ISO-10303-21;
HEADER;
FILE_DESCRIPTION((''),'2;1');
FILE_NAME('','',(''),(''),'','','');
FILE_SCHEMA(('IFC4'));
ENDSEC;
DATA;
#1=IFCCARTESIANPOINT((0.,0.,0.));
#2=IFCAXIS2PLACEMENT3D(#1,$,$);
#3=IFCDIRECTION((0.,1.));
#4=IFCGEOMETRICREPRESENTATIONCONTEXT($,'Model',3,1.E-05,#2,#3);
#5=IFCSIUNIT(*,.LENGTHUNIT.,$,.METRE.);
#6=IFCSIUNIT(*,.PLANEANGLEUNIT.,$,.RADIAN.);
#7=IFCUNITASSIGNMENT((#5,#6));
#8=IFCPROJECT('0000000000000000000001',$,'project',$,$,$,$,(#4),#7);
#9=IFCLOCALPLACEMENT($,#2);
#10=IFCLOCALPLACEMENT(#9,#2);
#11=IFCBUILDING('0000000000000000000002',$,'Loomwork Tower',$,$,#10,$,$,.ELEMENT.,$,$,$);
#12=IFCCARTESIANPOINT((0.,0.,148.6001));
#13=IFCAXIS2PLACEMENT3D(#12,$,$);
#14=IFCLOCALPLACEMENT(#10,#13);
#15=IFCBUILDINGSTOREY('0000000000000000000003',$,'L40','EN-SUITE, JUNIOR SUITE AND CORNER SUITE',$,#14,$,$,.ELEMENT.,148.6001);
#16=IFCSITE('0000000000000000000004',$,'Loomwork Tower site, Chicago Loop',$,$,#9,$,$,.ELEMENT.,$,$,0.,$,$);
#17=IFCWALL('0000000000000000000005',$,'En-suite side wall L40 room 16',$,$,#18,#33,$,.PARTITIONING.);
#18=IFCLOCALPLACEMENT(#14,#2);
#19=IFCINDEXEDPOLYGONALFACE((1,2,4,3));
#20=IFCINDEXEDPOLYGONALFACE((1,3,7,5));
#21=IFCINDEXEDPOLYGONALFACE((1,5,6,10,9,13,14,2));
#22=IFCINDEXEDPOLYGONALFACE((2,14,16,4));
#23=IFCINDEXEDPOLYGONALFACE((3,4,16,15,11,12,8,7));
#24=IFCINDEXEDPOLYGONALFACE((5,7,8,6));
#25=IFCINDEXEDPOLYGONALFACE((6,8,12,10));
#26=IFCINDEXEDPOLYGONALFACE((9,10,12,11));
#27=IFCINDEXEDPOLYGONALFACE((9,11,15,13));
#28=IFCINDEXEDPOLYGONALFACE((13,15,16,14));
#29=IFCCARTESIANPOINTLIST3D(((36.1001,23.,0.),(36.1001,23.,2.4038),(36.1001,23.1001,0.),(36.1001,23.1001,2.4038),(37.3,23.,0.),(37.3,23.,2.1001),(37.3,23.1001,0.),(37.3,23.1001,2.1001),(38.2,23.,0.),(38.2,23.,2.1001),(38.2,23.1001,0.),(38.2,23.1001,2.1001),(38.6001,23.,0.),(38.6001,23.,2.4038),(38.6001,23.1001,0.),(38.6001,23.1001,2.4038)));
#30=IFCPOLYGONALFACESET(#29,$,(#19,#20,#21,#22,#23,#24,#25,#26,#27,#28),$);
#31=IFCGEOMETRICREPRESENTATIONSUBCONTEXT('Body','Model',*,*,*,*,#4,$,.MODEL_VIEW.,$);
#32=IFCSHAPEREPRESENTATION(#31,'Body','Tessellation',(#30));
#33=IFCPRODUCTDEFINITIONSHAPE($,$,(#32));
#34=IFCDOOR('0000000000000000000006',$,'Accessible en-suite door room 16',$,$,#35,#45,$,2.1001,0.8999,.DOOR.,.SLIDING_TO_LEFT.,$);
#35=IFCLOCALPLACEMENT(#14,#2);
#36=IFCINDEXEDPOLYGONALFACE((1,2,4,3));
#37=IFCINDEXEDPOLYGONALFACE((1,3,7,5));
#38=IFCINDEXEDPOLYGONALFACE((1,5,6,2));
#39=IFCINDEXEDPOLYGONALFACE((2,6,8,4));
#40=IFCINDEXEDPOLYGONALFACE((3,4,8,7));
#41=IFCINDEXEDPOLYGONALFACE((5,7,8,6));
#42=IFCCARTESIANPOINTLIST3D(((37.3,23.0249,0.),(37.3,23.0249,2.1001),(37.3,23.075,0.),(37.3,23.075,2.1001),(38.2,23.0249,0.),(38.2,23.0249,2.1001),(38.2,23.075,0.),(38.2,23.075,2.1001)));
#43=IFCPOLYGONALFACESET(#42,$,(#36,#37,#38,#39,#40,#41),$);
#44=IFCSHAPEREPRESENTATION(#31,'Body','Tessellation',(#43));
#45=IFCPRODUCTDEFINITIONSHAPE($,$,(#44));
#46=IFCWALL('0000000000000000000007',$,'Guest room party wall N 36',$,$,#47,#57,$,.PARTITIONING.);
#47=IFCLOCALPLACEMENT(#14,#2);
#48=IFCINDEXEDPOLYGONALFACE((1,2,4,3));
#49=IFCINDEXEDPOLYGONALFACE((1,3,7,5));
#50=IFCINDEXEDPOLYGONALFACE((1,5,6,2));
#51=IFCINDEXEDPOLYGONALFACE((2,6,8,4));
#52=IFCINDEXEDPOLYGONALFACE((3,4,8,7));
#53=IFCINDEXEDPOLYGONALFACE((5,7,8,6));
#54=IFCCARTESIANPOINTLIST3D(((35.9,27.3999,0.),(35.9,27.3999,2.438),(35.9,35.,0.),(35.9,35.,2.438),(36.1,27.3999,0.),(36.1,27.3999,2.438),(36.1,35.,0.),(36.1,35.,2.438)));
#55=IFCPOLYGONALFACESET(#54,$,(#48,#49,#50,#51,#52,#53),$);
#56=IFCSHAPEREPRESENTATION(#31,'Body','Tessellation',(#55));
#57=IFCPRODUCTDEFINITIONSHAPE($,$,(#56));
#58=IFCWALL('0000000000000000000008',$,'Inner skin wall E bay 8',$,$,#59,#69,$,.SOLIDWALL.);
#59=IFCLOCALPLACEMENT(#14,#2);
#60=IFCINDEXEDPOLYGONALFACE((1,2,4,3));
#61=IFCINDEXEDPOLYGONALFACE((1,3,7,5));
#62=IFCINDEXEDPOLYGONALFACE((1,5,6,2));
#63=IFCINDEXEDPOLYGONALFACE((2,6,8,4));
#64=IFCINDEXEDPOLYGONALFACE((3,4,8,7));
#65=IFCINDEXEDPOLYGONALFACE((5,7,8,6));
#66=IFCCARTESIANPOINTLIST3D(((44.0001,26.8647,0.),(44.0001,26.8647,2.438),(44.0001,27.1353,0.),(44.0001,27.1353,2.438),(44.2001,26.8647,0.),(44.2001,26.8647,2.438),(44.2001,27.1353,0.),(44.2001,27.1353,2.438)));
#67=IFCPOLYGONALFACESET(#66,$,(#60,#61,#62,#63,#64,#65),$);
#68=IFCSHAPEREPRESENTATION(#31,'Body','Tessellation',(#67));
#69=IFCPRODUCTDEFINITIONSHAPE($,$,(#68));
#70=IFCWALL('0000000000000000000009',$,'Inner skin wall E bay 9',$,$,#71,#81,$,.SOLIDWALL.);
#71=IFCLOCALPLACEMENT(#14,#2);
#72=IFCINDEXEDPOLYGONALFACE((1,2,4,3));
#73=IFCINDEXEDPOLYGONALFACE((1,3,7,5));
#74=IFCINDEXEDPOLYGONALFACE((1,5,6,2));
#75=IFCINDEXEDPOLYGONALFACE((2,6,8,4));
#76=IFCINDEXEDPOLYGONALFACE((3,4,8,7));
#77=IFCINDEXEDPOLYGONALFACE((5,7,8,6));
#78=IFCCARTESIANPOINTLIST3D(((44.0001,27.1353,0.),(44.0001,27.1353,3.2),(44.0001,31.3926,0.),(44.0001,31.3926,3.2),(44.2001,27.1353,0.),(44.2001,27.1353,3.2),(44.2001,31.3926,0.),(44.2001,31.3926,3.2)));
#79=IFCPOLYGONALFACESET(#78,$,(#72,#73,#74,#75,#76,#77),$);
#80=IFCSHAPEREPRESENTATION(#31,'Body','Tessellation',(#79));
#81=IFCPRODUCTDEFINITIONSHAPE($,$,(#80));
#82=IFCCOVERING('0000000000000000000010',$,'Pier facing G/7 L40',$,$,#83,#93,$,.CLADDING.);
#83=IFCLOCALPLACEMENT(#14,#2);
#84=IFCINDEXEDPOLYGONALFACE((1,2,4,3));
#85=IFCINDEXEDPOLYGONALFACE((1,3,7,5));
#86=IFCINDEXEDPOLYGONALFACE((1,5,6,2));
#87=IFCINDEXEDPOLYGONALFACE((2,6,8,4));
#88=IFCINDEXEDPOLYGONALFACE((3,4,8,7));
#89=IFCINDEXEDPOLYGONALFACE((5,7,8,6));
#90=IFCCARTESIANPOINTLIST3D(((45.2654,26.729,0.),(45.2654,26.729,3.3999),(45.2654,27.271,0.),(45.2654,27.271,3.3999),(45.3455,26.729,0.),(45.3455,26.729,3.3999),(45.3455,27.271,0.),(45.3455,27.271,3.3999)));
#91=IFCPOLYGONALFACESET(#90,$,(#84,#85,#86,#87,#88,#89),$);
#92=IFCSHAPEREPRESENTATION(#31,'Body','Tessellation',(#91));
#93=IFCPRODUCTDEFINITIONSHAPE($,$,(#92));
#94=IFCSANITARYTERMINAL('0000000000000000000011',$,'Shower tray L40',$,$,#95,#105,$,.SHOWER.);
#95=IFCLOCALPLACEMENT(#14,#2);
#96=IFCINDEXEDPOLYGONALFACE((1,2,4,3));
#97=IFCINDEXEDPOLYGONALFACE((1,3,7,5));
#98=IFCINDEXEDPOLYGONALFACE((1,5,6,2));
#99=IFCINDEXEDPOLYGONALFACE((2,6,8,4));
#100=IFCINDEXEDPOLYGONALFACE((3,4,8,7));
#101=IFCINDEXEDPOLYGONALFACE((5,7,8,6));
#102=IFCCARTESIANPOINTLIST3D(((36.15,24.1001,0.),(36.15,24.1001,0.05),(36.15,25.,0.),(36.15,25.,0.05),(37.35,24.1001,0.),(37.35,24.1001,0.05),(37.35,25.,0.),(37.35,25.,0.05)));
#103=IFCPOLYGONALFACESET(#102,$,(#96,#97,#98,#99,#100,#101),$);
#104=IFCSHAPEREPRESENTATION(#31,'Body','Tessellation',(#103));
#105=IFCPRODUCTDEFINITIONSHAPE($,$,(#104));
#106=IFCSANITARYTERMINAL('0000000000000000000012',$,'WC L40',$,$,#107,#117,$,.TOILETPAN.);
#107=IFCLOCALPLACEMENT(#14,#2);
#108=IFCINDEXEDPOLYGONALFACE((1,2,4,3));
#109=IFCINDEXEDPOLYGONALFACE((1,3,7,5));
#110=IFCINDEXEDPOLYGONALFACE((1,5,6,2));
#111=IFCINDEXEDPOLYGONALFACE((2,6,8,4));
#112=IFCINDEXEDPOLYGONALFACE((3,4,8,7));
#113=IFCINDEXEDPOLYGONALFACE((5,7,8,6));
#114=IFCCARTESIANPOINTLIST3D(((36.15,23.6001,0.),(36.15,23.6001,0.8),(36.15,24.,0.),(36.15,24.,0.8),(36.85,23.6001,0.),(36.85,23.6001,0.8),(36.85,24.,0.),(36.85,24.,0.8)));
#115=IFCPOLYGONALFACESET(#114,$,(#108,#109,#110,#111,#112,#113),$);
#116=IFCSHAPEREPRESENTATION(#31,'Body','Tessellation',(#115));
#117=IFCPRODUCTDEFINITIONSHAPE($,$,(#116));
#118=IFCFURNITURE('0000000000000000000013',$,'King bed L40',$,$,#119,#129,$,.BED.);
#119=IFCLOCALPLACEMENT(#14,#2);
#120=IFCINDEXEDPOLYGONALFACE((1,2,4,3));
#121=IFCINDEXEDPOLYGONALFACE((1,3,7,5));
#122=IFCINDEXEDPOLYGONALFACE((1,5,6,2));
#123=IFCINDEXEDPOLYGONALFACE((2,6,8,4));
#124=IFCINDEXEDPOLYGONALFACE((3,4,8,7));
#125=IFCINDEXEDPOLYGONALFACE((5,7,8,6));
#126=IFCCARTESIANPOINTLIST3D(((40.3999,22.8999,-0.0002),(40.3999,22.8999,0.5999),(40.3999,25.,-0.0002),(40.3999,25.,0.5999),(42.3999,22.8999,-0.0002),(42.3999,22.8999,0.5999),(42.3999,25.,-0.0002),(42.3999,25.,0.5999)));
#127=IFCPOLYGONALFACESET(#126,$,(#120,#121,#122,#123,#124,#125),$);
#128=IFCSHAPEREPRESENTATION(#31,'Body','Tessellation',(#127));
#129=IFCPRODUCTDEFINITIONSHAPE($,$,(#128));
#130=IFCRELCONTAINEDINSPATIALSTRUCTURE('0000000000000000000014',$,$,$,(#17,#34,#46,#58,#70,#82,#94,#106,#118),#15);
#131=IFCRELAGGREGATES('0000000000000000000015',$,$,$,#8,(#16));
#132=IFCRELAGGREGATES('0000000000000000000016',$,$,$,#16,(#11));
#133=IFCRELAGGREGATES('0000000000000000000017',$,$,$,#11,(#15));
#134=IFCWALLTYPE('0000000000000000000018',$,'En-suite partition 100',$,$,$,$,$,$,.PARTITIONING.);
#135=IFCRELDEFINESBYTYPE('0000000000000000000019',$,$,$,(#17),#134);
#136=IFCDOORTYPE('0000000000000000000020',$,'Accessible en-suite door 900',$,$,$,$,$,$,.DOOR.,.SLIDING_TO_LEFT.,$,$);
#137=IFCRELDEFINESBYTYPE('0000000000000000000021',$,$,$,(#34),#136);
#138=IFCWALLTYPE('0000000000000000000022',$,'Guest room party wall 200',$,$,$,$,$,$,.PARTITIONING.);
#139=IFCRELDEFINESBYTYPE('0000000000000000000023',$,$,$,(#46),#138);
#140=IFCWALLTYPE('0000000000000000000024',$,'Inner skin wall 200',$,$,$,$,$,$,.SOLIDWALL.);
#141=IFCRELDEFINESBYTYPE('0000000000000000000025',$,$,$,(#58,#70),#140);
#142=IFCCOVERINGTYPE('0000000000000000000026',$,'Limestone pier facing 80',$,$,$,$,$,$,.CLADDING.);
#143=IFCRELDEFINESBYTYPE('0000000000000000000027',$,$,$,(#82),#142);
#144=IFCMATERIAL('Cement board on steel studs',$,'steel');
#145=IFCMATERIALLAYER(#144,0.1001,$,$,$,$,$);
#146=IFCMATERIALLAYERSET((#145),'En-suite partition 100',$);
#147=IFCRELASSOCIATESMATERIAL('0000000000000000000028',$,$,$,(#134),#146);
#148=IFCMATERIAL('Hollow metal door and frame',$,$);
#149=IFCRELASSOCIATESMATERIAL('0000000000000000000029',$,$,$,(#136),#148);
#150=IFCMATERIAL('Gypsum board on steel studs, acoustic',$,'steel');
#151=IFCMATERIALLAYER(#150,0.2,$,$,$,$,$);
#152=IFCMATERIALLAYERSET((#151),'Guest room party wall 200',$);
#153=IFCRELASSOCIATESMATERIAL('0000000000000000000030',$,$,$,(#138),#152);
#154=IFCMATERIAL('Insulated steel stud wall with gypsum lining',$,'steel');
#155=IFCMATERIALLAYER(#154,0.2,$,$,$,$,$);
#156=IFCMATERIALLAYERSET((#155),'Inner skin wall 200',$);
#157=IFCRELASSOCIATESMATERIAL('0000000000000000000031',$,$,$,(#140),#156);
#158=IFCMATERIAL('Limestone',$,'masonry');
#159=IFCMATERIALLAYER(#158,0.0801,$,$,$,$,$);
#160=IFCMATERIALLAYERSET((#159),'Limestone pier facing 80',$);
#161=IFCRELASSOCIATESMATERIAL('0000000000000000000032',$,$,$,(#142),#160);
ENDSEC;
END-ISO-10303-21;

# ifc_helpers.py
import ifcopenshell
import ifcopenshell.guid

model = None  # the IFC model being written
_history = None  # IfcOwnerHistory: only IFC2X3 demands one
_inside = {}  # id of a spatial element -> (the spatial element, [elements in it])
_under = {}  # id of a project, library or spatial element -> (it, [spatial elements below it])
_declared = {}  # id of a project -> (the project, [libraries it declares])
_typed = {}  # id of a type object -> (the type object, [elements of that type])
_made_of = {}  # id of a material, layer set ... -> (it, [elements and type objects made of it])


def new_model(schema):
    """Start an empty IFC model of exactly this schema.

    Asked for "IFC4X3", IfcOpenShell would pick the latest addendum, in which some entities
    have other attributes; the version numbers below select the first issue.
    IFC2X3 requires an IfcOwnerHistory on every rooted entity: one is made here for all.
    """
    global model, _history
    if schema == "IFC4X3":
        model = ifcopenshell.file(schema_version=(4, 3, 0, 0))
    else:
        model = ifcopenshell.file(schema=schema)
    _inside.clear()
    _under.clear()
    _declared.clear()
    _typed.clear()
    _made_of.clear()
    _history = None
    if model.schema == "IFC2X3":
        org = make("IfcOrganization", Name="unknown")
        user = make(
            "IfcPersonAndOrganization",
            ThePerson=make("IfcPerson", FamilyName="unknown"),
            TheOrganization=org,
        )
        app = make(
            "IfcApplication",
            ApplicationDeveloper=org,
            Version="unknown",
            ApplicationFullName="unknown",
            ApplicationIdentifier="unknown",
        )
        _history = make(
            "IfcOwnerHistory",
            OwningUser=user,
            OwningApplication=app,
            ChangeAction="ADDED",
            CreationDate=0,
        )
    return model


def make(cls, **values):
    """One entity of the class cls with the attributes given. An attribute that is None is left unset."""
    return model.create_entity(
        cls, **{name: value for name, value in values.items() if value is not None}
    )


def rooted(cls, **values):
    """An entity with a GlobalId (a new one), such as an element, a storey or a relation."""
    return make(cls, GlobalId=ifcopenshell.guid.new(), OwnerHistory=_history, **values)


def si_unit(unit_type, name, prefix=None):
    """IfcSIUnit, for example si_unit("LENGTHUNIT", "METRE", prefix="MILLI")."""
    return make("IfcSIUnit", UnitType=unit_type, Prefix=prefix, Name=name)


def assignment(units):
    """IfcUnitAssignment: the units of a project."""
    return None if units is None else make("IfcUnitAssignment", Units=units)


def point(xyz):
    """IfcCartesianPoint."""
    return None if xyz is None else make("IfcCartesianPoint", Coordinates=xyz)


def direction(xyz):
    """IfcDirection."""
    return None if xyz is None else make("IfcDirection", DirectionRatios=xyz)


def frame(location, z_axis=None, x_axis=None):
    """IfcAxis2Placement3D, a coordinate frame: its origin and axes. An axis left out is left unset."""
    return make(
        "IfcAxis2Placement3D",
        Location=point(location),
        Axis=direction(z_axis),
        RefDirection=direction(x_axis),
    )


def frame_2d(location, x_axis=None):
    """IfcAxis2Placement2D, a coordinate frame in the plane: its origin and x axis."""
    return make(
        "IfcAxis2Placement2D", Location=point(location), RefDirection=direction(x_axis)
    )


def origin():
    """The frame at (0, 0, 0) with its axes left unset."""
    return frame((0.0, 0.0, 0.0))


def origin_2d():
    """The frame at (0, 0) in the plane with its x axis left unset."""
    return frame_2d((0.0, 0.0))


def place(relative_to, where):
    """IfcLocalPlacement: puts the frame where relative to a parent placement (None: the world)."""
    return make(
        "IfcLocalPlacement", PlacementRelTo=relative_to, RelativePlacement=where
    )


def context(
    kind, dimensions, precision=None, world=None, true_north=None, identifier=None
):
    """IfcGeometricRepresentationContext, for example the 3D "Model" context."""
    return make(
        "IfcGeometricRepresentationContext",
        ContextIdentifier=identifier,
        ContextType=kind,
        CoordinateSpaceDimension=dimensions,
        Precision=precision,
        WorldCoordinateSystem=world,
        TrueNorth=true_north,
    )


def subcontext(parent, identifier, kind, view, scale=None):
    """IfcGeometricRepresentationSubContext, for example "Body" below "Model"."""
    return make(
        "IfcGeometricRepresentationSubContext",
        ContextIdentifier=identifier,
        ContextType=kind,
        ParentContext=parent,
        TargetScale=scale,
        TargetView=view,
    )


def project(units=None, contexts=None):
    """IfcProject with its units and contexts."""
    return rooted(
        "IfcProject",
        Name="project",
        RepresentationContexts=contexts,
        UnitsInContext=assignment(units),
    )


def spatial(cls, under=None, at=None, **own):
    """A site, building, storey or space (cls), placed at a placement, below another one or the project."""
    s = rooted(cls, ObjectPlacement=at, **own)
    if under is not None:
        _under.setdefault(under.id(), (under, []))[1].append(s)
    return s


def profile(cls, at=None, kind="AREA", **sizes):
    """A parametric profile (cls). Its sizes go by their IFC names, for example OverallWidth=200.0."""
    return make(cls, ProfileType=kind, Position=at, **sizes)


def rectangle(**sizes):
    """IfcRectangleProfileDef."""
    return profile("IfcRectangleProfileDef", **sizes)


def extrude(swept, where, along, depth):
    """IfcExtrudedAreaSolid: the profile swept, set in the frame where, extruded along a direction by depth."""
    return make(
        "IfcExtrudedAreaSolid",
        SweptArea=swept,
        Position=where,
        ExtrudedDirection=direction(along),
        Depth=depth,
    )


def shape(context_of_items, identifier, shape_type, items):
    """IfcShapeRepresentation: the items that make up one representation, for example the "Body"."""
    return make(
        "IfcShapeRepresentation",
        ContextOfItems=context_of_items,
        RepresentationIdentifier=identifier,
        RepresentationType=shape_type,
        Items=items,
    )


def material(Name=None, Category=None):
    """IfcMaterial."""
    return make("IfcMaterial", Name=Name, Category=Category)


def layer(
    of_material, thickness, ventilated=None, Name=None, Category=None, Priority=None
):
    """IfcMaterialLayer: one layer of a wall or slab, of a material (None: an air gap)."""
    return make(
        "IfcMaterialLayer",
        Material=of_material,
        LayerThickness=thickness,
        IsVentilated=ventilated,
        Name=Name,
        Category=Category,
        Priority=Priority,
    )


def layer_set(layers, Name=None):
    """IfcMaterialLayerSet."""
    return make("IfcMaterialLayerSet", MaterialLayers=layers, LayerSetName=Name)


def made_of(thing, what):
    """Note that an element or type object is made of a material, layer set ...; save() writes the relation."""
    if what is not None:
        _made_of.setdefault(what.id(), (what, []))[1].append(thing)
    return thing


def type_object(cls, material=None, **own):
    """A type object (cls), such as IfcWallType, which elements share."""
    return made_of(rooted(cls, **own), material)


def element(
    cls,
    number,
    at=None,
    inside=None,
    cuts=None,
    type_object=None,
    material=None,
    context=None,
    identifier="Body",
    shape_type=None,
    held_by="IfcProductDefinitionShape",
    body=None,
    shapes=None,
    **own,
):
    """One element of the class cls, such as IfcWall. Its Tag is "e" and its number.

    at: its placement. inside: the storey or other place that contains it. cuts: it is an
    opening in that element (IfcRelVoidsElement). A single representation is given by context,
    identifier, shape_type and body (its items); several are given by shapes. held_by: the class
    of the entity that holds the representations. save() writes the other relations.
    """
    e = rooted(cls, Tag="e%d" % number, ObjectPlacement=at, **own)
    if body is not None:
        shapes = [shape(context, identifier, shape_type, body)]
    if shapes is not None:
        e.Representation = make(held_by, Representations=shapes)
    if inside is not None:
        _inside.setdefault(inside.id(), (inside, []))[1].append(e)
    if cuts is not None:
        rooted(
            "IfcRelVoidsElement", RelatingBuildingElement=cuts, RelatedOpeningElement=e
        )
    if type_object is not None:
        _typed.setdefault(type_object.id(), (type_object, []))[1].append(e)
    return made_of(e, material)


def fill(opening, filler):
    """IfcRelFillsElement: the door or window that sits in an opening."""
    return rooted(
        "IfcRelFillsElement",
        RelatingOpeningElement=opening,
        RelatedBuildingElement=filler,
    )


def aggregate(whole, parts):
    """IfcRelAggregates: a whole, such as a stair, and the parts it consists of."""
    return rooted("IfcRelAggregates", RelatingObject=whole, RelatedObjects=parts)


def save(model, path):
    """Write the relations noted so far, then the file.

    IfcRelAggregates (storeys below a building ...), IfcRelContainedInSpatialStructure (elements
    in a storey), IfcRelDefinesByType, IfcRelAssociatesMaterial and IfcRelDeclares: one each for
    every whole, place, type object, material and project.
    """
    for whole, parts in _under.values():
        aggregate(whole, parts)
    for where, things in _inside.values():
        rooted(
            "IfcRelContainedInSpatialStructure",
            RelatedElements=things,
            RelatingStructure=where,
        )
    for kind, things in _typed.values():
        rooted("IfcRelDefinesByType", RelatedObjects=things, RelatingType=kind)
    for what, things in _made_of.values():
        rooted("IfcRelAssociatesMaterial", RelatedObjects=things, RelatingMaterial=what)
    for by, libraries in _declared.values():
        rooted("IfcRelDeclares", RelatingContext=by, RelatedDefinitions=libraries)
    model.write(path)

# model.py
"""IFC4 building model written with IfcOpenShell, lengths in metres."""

from ifc_helpers import new_model, si_unit, direction, frame, frame_2d, origin, origin_2d, place, context, subcontext, project, spatial, rectangle, extrude, material, layer, layer_set, type_object, element, fill, save


model = new_model("IFC4")

# Units and contexts
model_context = context("Model", 3, precision=1e-05, world=origin(), true_north=direction((0.0, 1.0)))
body_context = subcontext(model_context, "Body", "Model", "MODEL_VIEW")
ifc_project = project(units=[si_unit("LENGTHUNIT", "METRE"), si_unit("PLANEANGLEUNIT", "RADIAN")], contexts=[model_context])

# Site, building, storey
site_placement = place(None, origin())
site = spatial("IfcSite", under=ifc_project, at=site_placement, Name="Loomwork Tower site, Chicago Loop", CompositionType="ELEMENT", RefElevation=0.0)
building_placement = place(site_placement, origin())
building = spatial("IfcBuilding", under=site, at=building_placement, Name="Loomwork Tower", CompositionType="ELEMENT")
storey_placement = place(building_placement, frame((0.0, 0.0, 148.6001)))
storey = spatial("IfcBuildingStorey", under=building, at=storey_placement, Name="L40", Description="EN-SUITE, JUNIOR SUITE AND CORNER SUITE", CompositionType="ELEMENT", Elevation=148.6001)

# Shared definitions
ifc_material_1 = material(Name="Cement board on steel studs", Category="steel")
ifc_layer_1 = layer(ifc_material_1, 0.1001)
ifc_layer_set_1 = layer_set([ifc_layer_1], Name="En-suite partition 100")
wall_type_1 = type_object("IfcWallType", Name="En-suite partition 100", PredefinedType="PARTITIONING", material=ifc_layer_set_1)

# Wall, opening, door
wall_1_placement = place(storey_placement, frame((36.1001, 23.05, 0.0), z_axis=(0.0, 0.0, 1.0), x_axis=(1.0, 0.0, 0.0)))
wall_1 = element("IfcWall", 1, at=wall_1_placement, inside=storey, type_object=wall_type_1, Name="En-suite side wall L40 room 16", PredefinedType="PARTITIONING", context=body_context, shape_type="SweptSolid", body=[
    extrude(rectangle(XDim=2.5, YDim=0.1001, at=frame_2d((1.25, 0.0))), origin(), (0.0, 0.0, 1.0), 2.4038),
])
opening_1_placement = place(wall_1_placement, frame((1.2, 0.0, 0.0)))
opening_1 = element("IfcOpeningElement", 2, at=opening_1_placement, cuts=wall_1, PredefinedType="OPENING", context=body_context, shape_type="SweptSolid", body=[
    extrude(rectangle(XDim=0.8999, YDim=2.1001, at=frame_2d((0.45, 1.05))), frame((0.0, 0.0601, 0.0), z_axis=(0.0, -1.0, 0.0), x_axis=(1.0, 0.0, 0.0)), (0.0, 0.0, 1.0), 0.1201),
])
ifc_material_2 = material(Name="Hollow metal door and frame")
door_type_1 = type_object("IfcDoorType", Name="Accessible en-suite door 900", OperationType="SLIDING_TO_LEFT", PredefinedType="DOOR", material=ifc_material_2)
door_1_placement = place(opening_1_placement, origin())
door_1 = element("IfcDoor", 3, at=door_1_placement, inside=storey, type_object=door_type_1, Name="Accessible en-suite door room 16", OperationType="SLIDING_TO_LEFT", OverallHeight=2.1001, OverallWidth=0.8999, PredefinedType="DOOR", context=body_context, shape_type="SweptSolid", body=[
    extrude(rectangle(XDim=0.8999, YDim=2.1001, at=frame_2d((0.45, 1.05))), frame((0.0, 0.0249, 0.0), z_axis=(0.0, -1.0, 0.0), x_axis=(1.0, 0.0, 0.0)), (0.0, 0.0, 1.0), 0.05),
])
fill(opening_1, door_1)

# Walls
ifc_material_3 = material(Name="Gypsum board on steel studs, acoustic", Category="steel")
ifc_layer_2 = layer(ifc_material_3, 0.2)
ifc_layer_set_2 = layer_set([ifc_layer_2], Name="Guest room party wall 200")
wall_type_2 = type_object("IfcWallType", Name="Guest room party wall 200", PredefinedType="PARTITIONING", material=ifc_layer_set_2)
wall_2_placement = place(storey_placement, frame((36.0, 27.3999, 0.0), z_axis=(0.0, 0.0, 1.0), x_axis=(0.0, 1.0, 0.0)))
element("IfcWall", 4, at=wall_2_placement, inside=storey, type_object=wall_type_2, Name="Guest room party wall N 36", PredefinedType="PARTITIONING", context=body_context, shape_type="SweptSolid", body=[
    extrude(rectangle(XDim=7.6001, YDim=0.2, at=frame_2d((3.8, 0.0))), origin(), (0.0, 0.0, 1.0), 2.438),
])
ifc_material_4 = material(Name="Insulated steel stud wall with gypsum lining", Category="steel")
ifc_layer_3 = layer(ifc_material_4, 0.2)
ifc_layer_set_3 = layer_set([ifc_layer_3], Name="Inner skin wall 200")
wall_type_3 = type_object("IfcWallType", Name="Inner skin wall 200", PredefinedType="SOLIDWALL", material=ifc_layer_set_3)
wall_3_placement = place(storey_placement, frame((44.1001, 26.8647, 0.0), z_axis=(0.0, 0.0, 1.0), x_axis=(0.0, 1.0, 0.0)))
element("IfcWall", 5, at=wall_3_placement, inside=storey, type_object=wall_type_3, Name="Inner skin wall E bay 8", PredefinedType="SOLIDWALL", context=body_context, shape_type="SweptSolid", body=[
    extrude(rectangle(XDim=0.2705, YDim=0.2, at=frame_2d((0.1353, 0.0))), origin(), (0.0, 0.0, 1.0), 2.438),
])
wall_4_placement = place(storey_placement, frame((44.1001, 27.1353, 0.0), z_axis=(0.0, 0.0, 1.0), x_axis=(0.0, 1.0, 0.0)))
element("IfcWall", 6, at=wall_4_placement, inside=storey, type_object=wall_type_3, Name="Inner skin wall E bay 9", PredefinedType="SOLIDWALL", context=body_context, shape_type="SweptSolid", body=[
    extrude(rectangle(XDim=4.2573, YDim=0.2, at=frame_2d((2.1287, 0.0))), origin(), (0.0, 0.0, 1.0), 3.2),
])

# Covering
ifc_material_5 = material(Name="Limestone", Category="masonry")
ifc_layer_4 = layer(ifc_material_5, 0.0801)
ifc_layer_set_4 = layer_set([ifc_layer_4], Name="Limestone pier facing 80")
covering_type = type_object("IfcCoveringType", Name="Limestone pier facing 80", PredefinedType="CLADDING", material=ifc_layer_set_4)
covering_placement = place(storey_placement, frame((45.3054, 27.0, 0.0), z_axis=(0.0, 0.0, 1.0), x_axis=(1.0, 0.0, 0.0)))
element("IfcCovering", 7, at=covering_placement, inside=storey, type_object=covering_type, Name="Pier facing G/7 L40", PredefinedType="CLADDING", context=body_context, shape_type="SweptSolid", body=[
    extrude(rectangle(XDim=0.0801, YDim=0.542, at=origin_2d()), origin(), (0.0, 0.0, 1.0), 3.3999),
])

# Sanitary terminals
sanitary_terminal_1_placement = place(storey_placement, frame((36.75, 24.55, 0.0), z_axis=(0.0, 0.0, 1.0), x_axis=(1.0, 0.0, 0.0)))
element("IfcSanitaryTerminal", 8, at=sanitary_terminal_1_placement, inside=storey, Name="Shower tray L40", PredefinedType="SHOWER", context=body_context, shape_type="SweptSolid", body=[
    extrude(rectangle(XDim=1.2, YDim=0.8999, at=origin_2d()), origin(), (0.0, 0.0, 1.0), 0.05),
])
sanitary_terminal_2_placement = place(storey_placement, frame((36.5, 23.8, 0.0), z_axis=(0.0, 0.0, 1.0), x_axis=(1.0, 0.0, 0.0)))
element("IfcSanitaryTerminal", 9, at=sanitary_terminal_2_placement, inside=storey, Name="WC L40", PredefinedType="TOILETPAN", context=body_context, shape_type="SweptSolid", body=[
    extrude(rectangle(XDim=0.7, YDim=0.3999, at=origin_2d()), origin(), (0.0, 0.0, 1.0), 0.8),
])

# Furniture
furniture_placement = place(storey_placement, frame((41.3999, 23.95, -0.0002), z_axis=(0.0, 0.0, 1.0), x_axis=(1.0, 0.0, 0.0)))
element("IfcFurniture", 10, at=furniture_placement, inside=storey, Name="King bed L40", PredefinedType="BED", context=body_context, shape_type="SweptSolid", body=[
    extrude(rectangle(XDim=2.0, YDim=2.1001, at=origin_2d()), origin(), (0.0, 0.0, 1.0), 0.6001),
])

save(model, "model.ifc")
